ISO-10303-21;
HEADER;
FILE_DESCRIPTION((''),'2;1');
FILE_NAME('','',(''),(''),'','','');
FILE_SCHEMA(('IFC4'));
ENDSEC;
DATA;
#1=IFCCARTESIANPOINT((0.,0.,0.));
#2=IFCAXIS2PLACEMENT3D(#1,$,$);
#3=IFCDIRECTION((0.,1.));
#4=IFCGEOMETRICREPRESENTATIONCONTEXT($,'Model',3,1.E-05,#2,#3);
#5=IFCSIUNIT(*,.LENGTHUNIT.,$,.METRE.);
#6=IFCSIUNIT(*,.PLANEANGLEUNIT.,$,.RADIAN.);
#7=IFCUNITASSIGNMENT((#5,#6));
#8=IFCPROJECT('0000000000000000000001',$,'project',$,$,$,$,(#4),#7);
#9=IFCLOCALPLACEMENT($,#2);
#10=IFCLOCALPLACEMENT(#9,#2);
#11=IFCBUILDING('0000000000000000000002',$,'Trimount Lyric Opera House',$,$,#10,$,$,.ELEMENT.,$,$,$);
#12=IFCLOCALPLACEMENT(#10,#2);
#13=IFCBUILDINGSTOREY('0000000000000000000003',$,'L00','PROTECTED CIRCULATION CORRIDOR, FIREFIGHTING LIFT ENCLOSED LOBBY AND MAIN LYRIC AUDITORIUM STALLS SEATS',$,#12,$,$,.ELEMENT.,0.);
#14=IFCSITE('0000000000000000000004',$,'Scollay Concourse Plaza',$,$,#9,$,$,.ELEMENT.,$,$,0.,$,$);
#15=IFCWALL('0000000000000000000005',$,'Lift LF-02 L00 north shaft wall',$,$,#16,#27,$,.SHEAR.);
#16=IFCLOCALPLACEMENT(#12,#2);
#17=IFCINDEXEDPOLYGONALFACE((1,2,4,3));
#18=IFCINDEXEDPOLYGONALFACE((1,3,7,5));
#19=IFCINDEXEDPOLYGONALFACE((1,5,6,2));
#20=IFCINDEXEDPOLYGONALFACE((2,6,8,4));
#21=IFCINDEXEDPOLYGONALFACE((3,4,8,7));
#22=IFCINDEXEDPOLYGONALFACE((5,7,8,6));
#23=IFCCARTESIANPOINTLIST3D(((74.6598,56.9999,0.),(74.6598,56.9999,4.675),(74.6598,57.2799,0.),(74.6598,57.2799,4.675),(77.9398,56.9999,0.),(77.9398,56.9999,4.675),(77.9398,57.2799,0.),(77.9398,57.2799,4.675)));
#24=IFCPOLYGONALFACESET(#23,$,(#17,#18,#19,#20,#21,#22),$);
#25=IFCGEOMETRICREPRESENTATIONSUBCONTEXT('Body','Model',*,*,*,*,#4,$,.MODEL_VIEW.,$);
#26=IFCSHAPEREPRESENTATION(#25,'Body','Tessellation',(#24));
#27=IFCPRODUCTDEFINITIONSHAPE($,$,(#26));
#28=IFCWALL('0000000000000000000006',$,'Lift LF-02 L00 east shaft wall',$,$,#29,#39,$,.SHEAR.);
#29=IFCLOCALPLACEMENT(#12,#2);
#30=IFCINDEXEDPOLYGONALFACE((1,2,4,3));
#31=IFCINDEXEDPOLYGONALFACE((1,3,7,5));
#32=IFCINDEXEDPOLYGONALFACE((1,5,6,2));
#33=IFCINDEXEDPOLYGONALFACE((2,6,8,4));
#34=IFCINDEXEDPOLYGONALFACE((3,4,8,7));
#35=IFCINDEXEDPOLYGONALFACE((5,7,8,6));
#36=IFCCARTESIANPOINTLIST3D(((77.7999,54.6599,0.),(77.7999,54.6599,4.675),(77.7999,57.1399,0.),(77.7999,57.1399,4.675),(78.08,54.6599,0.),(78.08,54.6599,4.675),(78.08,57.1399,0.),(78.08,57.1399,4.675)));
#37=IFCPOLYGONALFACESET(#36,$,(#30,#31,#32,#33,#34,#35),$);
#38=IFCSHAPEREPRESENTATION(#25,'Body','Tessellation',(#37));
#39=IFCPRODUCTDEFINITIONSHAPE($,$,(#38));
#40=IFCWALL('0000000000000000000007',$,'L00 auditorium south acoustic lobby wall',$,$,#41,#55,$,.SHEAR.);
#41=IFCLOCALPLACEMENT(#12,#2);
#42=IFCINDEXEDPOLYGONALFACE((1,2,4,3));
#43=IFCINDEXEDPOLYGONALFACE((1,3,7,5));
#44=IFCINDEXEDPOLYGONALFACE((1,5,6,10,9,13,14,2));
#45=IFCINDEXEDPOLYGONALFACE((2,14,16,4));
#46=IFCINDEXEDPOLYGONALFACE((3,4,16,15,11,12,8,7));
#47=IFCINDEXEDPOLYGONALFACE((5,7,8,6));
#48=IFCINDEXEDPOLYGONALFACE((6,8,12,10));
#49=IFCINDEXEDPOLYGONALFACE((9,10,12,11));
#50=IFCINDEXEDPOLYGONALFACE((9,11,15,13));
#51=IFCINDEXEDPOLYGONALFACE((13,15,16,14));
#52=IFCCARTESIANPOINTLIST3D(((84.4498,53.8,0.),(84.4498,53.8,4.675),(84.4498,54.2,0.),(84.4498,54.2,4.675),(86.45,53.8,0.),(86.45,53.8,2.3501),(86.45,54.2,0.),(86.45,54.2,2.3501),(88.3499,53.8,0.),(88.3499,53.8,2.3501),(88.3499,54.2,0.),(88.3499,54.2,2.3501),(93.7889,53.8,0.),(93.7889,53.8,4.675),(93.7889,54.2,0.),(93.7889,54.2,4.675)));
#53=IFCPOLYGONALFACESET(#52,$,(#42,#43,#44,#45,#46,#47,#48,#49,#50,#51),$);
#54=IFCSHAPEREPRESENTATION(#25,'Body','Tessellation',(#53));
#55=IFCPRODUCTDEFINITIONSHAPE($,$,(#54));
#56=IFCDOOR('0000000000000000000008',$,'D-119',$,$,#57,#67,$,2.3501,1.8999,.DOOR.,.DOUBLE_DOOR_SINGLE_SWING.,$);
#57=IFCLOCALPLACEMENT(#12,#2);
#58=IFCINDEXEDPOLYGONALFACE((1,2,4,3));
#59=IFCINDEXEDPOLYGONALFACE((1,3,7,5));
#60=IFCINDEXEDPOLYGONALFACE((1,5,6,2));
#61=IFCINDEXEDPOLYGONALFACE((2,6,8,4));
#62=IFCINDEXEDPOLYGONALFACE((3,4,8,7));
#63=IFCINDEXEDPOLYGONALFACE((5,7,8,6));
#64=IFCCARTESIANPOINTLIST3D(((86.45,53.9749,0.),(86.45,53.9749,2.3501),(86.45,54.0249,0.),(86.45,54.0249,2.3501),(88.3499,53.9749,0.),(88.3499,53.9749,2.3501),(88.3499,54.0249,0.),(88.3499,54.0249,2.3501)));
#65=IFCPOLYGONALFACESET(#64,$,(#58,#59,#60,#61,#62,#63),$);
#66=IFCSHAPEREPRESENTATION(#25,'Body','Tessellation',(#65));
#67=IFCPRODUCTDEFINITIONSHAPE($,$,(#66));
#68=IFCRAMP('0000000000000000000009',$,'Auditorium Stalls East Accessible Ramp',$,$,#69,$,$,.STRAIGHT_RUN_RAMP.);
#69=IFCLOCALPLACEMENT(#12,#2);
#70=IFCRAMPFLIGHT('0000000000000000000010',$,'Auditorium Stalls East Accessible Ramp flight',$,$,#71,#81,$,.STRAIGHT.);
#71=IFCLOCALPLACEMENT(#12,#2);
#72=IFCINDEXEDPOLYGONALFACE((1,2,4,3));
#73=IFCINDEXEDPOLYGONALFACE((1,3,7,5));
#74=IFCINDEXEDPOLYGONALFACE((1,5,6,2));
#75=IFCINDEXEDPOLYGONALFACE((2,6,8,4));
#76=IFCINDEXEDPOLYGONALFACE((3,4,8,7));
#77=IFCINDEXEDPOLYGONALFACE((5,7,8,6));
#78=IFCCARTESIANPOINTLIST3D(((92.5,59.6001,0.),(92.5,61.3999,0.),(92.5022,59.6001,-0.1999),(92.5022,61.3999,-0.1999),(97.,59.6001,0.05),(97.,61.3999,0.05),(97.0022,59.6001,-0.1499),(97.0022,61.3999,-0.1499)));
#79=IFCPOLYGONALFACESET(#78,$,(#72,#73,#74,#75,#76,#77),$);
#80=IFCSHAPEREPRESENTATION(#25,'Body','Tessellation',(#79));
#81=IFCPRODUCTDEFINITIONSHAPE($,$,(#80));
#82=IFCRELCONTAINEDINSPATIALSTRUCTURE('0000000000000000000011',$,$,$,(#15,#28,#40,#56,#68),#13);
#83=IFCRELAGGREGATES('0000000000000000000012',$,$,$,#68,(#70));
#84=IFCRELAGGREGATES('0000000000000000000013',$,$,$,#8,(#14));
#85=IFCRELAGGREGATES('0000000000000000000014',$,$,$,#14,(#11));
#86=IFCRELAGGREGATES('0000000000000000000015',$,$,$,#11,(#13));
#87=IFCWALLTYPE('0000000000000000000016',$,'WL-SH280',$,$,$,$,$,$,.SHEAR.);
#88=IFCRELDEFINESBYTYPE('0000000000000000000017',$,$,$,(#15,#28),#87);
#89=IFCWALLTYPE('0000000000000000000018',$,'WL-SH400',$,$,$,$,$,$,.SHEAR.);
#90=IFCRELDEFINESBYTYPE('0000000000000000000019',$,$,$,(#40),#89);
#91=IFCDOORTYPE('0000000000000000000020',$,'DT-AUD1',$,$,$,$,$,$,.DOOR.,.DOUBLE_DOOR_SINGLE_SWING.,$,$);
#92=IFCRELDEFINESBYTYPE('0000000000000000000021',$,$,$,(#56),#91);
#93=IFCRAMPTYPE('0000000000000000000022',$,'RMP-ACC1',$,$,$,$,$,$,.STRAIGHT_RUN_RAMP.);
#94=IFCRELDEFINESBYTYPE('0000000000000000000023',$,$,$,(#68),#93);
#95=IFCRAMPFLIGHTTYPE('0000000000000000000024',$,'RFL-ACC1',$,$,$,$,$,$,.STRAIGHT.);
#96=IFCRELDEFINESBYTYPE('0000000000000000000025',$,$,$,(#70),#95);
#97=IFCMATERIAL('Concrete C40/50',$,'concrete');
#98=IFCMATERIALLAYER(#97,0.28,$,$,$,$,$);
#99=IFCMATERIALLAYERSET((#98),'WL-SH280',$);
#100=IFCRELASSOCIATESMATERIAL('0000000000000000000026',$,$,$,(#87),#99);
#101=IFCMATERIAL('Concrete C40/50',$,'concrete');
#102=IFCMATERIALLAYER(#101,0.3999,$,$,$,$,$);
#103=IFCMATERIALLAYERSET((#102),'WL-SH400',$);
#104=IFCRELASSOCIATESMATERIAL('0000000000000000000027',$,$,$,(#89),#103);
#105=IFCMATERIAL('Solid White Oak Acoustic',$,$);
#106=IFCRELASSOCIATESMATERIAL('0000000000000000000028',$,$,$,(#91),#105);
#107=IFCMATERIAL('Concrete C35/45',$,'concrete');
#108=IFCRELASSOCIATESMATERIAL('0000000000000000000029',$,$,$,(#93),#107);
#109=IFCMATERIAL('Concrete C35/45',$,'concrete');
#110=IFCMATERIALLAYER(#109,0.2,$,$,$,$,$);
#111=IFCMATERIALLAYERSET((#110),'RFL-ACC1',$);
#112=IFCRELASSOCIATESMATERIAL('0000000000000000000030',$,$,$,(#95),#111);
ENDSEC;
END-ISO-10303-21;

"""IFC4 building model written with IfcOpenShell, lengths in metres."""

from ifc_helpers import new_model, si_unit, direction, frame, frame_2d, origin, place, context, subcontext, project, spatial, polyline, rectangle, outline, extrude, material, layer, layer_set, type_object, element, fill, aggregate, save


model = new_model("IFC4")

# Units and contexts
model_context = context("Model", 3, precision=1e-05, world=origin(), true_north=direction((0.0, 1.0)))
body_context = subcontext(model_context, "Body", "Model", "MODEL_VIEW")
ifc_project = project(units=[si_unit("LENGTHUNIT", "METRE"), si_unit("PLANEANGLEUNIT", "RADIAN")], contexts=[model_context])

# Site, building, storey
site_placement = place(None, origin())
site = spatial("IfcSite", under=ifc_project, at=site_placement, Name="Scollay Concourse Plaza", CompositionType="ELEMENT", RefElevation=0.0)
building_placement = place(site_placement, origin())
building = spatial("IfcBuilding", under=site, at=building_placement, Name="Trimount Lyric Opera House", CompositionType="ELEMENT")
storey_placement = place(building_placement, origin())
storey = spatial("IfcBuildingStorey", under=building, at=storey_placement, Name="L00", Description="PROTECTED CIRCULATION CORRIDOR, FIREFIGHTING LIFT ENCLOSED LOBBY AND MAIN LYRIC AUDITORIUM STALLS SEATS", CompositionType="ELEMENT", Elevation=0.0)

# Walls
ifc_material_1 = material(Name="Concrete C40/50", Category="concrete")
ifc_layer_1 = layer(ifc_material_1, 0.28)
ifc_layer_set_1 = layer_set([ifc_layer_1], Name="WL-SH280")
wall_type_1 = type_object("IfcWallType", Name="WL-SH280", PredefinedType="SHEAR", material=ifc_layer_set_1)
wall_1_placement = place(storey_placement, frame((77.9399, 57.1399, 0.0), z_axis=(0.0, 0.0, 1.0), x_axis=(-1.0, 0.0, 0.0)))
element("IfcWall", 1, at=wall_1_placement, inside=storey, type_object=wall_type_1, Name="Lift LF-02 L00 north shaft wall", PredefinedType="SHEAR", context=body_context, shape_type="SweptSolid", body=[
    extrude(rectangle(XDim=3.28, YDim=0.28, at=frame_2d((1.6401, 0.0))), origin(), (0.0, 0.0, 1.0), 4.675),
])
wall_2_placement = place(storey_placement, frame((77.9399, 54.6599, 0.0), z_axis=(0.0, 0.0, 1.0), x_axis=(0.0, 1.0, 0.0)))
element("IfcWall", 2, at=wall_2_placement, inside=storey, type_object=wall_type_1, Name="Lift LF-02 L00 east shaft wall", PredefinedType="SHEAR", context=body_context, shape_type="SweptSolid", body=[
    extrude(rectangle(XDim=2.48, YDim=0.28, at=frame_2d((1.24, 0.0))), origin(), (0.0, 0.0, 1.0), 4.675),
])

# Wall, opening, door
ifc_material_2 = material(Name="Concrete C40/50", Category="concrete")
ifc_layer_2 = layer(ifc_material_2, 0.3999)
ifc_layer_set_2 = layer_set([ifc_layer_2], Name="WL-SH400")
wall_type_2 = type_object("IfcWallType", Name="WL-SH400", PredefinedType="SHEAR", material=ifc_layer_set_2)
wall_3_placement = place(storey_placement, frame((84.45, 54.0, 0.0), z_axis=(0.0, 0.0, 1.0), x_axis=(1.0, 0.0, 0.0)))
wall_3 = element("IfcWall", 3, at=wall_3_placement, inside=storey, type_object=wall_type_2, Name="L00 auditorium south acoustic lobby wall", PredefinedType="SHEAR", context=body_context, shape_type="SweptSolid", body=[
    extrude(rectangle(XDim=9.3391, YDim=0.3999, at=frame_2d((4.6694, 0.0))), origin(), (0.0, 0.0, 1.0), 4.675),
])
opening_placement = place(wall_3_placement, frame((2.0, 0.0, 0.0)))
opening = element("IfcOpeningElement", 4, at=opening_placement, cuts=wall_3, PredefinedType="OPENING", context=body_context, shape_type="SweptSolid", body=[
    extrude(rectangle(XDim=1.8999, YDim=2.3501, at=frame_2d((0.95, 1.175))), frame((0.0, 0.21, 0.0), z_axis=(0.0, -1.0, 0.0), x_axis=(1.0, 0.0, 0.0)), (0.0, 0.0, 1.0), 0.4199),
])
ifc_material_3 = material(Name="Solid White Oak Acoustic")
door_type = type_object("IfcDoorType", Name="DT-AUD1", OperationType="DOUBLE_DOOR_SINGLE_SWING", PredefinedType="DOOR", material=ifc_material_3)
door_placement = place(opening_placement, origin())
door = element("IfcDoor", 5, at=door_placement, inside=storey, type_object=door_type, Name="D-119", OperationType="DOUBLE_DOOR_SINGLE_SWING", OverallHeight=2.3501, OverallWidth=1.8999, PredefinedType="DOOR", context=body_context, shape_type="SweptSolid", body=[
    extrude(rectangle(XDim=1.8999, YDim=2.3501, at=frame_2d((0.95, 1.175))), frame((0.0, 0.0249, 0.0), z_axis=(0.0, -1.0, 0.0), x_axis=(1.0, 0.0, 0.0)), (0.0, 0.0, 1.0), 0.05),
])
fill(opening, door)

# Ramp, ramp flight
ifc_material_4 = material(Name="Concrete C35/45", Category="concrete")
ramp_type = type_object("IfcRampType", Name="RMP-ACC1", PredefinedType="STRAIGHT_RUN_RAMP", material=ifc_material_4)
ramp_placement = place(storey_placement, origin())
ramp = element("IfcRamp", 6, at=ramp_placement, inside=storey, type_object=ramp_type, Name="Auditorium Stalls East Accessible Ramp", PredefinedType="STRAIGHT_RUN_RAMP")
ifc_material_5 = material(Name="Concrete C35/45", Category="concrete")
ifc_layer_3 = layer(ifc_material_5, 0.2)
ifc_layer_set_3 = layer_set([ifc_layer_3], Name="RFL-ACC1")
ramp_flight_type = type_object("IfcRampFlightType", Name="RFL-ACC1", PredefinedType="STRAIGHT", material=ifc_layer_set_3)
ramp_flight_placement = place(storey_placement, frame((92.5, 59.6001, 0.0), z_axis=(-0.011121, 0.0, 0.999938), x_axis=(0.999938, 0.0, 0.011121)))
ramp_flight = element("IfcRampFlight", 7, at=ramp_flight_placement, type_object=ramp_flight_type, Name="Auditorium Stalls East Accessible Ramp flight", PredefinedType="STRAIGHT", context=body_context, shape_type="SweptSolid", body=[
    extrude(outline(polyline([(0.0, 0.0), (4.5003, 0.0), (4.5003, 1.7998), (0.0, 1.7998), (0.0, 0.0)])), origin(), (0.0, 0.0, -1.0), 0.2),
])
aggregate(ramp, [ramp_flight])

save(model, "model.ifc")
